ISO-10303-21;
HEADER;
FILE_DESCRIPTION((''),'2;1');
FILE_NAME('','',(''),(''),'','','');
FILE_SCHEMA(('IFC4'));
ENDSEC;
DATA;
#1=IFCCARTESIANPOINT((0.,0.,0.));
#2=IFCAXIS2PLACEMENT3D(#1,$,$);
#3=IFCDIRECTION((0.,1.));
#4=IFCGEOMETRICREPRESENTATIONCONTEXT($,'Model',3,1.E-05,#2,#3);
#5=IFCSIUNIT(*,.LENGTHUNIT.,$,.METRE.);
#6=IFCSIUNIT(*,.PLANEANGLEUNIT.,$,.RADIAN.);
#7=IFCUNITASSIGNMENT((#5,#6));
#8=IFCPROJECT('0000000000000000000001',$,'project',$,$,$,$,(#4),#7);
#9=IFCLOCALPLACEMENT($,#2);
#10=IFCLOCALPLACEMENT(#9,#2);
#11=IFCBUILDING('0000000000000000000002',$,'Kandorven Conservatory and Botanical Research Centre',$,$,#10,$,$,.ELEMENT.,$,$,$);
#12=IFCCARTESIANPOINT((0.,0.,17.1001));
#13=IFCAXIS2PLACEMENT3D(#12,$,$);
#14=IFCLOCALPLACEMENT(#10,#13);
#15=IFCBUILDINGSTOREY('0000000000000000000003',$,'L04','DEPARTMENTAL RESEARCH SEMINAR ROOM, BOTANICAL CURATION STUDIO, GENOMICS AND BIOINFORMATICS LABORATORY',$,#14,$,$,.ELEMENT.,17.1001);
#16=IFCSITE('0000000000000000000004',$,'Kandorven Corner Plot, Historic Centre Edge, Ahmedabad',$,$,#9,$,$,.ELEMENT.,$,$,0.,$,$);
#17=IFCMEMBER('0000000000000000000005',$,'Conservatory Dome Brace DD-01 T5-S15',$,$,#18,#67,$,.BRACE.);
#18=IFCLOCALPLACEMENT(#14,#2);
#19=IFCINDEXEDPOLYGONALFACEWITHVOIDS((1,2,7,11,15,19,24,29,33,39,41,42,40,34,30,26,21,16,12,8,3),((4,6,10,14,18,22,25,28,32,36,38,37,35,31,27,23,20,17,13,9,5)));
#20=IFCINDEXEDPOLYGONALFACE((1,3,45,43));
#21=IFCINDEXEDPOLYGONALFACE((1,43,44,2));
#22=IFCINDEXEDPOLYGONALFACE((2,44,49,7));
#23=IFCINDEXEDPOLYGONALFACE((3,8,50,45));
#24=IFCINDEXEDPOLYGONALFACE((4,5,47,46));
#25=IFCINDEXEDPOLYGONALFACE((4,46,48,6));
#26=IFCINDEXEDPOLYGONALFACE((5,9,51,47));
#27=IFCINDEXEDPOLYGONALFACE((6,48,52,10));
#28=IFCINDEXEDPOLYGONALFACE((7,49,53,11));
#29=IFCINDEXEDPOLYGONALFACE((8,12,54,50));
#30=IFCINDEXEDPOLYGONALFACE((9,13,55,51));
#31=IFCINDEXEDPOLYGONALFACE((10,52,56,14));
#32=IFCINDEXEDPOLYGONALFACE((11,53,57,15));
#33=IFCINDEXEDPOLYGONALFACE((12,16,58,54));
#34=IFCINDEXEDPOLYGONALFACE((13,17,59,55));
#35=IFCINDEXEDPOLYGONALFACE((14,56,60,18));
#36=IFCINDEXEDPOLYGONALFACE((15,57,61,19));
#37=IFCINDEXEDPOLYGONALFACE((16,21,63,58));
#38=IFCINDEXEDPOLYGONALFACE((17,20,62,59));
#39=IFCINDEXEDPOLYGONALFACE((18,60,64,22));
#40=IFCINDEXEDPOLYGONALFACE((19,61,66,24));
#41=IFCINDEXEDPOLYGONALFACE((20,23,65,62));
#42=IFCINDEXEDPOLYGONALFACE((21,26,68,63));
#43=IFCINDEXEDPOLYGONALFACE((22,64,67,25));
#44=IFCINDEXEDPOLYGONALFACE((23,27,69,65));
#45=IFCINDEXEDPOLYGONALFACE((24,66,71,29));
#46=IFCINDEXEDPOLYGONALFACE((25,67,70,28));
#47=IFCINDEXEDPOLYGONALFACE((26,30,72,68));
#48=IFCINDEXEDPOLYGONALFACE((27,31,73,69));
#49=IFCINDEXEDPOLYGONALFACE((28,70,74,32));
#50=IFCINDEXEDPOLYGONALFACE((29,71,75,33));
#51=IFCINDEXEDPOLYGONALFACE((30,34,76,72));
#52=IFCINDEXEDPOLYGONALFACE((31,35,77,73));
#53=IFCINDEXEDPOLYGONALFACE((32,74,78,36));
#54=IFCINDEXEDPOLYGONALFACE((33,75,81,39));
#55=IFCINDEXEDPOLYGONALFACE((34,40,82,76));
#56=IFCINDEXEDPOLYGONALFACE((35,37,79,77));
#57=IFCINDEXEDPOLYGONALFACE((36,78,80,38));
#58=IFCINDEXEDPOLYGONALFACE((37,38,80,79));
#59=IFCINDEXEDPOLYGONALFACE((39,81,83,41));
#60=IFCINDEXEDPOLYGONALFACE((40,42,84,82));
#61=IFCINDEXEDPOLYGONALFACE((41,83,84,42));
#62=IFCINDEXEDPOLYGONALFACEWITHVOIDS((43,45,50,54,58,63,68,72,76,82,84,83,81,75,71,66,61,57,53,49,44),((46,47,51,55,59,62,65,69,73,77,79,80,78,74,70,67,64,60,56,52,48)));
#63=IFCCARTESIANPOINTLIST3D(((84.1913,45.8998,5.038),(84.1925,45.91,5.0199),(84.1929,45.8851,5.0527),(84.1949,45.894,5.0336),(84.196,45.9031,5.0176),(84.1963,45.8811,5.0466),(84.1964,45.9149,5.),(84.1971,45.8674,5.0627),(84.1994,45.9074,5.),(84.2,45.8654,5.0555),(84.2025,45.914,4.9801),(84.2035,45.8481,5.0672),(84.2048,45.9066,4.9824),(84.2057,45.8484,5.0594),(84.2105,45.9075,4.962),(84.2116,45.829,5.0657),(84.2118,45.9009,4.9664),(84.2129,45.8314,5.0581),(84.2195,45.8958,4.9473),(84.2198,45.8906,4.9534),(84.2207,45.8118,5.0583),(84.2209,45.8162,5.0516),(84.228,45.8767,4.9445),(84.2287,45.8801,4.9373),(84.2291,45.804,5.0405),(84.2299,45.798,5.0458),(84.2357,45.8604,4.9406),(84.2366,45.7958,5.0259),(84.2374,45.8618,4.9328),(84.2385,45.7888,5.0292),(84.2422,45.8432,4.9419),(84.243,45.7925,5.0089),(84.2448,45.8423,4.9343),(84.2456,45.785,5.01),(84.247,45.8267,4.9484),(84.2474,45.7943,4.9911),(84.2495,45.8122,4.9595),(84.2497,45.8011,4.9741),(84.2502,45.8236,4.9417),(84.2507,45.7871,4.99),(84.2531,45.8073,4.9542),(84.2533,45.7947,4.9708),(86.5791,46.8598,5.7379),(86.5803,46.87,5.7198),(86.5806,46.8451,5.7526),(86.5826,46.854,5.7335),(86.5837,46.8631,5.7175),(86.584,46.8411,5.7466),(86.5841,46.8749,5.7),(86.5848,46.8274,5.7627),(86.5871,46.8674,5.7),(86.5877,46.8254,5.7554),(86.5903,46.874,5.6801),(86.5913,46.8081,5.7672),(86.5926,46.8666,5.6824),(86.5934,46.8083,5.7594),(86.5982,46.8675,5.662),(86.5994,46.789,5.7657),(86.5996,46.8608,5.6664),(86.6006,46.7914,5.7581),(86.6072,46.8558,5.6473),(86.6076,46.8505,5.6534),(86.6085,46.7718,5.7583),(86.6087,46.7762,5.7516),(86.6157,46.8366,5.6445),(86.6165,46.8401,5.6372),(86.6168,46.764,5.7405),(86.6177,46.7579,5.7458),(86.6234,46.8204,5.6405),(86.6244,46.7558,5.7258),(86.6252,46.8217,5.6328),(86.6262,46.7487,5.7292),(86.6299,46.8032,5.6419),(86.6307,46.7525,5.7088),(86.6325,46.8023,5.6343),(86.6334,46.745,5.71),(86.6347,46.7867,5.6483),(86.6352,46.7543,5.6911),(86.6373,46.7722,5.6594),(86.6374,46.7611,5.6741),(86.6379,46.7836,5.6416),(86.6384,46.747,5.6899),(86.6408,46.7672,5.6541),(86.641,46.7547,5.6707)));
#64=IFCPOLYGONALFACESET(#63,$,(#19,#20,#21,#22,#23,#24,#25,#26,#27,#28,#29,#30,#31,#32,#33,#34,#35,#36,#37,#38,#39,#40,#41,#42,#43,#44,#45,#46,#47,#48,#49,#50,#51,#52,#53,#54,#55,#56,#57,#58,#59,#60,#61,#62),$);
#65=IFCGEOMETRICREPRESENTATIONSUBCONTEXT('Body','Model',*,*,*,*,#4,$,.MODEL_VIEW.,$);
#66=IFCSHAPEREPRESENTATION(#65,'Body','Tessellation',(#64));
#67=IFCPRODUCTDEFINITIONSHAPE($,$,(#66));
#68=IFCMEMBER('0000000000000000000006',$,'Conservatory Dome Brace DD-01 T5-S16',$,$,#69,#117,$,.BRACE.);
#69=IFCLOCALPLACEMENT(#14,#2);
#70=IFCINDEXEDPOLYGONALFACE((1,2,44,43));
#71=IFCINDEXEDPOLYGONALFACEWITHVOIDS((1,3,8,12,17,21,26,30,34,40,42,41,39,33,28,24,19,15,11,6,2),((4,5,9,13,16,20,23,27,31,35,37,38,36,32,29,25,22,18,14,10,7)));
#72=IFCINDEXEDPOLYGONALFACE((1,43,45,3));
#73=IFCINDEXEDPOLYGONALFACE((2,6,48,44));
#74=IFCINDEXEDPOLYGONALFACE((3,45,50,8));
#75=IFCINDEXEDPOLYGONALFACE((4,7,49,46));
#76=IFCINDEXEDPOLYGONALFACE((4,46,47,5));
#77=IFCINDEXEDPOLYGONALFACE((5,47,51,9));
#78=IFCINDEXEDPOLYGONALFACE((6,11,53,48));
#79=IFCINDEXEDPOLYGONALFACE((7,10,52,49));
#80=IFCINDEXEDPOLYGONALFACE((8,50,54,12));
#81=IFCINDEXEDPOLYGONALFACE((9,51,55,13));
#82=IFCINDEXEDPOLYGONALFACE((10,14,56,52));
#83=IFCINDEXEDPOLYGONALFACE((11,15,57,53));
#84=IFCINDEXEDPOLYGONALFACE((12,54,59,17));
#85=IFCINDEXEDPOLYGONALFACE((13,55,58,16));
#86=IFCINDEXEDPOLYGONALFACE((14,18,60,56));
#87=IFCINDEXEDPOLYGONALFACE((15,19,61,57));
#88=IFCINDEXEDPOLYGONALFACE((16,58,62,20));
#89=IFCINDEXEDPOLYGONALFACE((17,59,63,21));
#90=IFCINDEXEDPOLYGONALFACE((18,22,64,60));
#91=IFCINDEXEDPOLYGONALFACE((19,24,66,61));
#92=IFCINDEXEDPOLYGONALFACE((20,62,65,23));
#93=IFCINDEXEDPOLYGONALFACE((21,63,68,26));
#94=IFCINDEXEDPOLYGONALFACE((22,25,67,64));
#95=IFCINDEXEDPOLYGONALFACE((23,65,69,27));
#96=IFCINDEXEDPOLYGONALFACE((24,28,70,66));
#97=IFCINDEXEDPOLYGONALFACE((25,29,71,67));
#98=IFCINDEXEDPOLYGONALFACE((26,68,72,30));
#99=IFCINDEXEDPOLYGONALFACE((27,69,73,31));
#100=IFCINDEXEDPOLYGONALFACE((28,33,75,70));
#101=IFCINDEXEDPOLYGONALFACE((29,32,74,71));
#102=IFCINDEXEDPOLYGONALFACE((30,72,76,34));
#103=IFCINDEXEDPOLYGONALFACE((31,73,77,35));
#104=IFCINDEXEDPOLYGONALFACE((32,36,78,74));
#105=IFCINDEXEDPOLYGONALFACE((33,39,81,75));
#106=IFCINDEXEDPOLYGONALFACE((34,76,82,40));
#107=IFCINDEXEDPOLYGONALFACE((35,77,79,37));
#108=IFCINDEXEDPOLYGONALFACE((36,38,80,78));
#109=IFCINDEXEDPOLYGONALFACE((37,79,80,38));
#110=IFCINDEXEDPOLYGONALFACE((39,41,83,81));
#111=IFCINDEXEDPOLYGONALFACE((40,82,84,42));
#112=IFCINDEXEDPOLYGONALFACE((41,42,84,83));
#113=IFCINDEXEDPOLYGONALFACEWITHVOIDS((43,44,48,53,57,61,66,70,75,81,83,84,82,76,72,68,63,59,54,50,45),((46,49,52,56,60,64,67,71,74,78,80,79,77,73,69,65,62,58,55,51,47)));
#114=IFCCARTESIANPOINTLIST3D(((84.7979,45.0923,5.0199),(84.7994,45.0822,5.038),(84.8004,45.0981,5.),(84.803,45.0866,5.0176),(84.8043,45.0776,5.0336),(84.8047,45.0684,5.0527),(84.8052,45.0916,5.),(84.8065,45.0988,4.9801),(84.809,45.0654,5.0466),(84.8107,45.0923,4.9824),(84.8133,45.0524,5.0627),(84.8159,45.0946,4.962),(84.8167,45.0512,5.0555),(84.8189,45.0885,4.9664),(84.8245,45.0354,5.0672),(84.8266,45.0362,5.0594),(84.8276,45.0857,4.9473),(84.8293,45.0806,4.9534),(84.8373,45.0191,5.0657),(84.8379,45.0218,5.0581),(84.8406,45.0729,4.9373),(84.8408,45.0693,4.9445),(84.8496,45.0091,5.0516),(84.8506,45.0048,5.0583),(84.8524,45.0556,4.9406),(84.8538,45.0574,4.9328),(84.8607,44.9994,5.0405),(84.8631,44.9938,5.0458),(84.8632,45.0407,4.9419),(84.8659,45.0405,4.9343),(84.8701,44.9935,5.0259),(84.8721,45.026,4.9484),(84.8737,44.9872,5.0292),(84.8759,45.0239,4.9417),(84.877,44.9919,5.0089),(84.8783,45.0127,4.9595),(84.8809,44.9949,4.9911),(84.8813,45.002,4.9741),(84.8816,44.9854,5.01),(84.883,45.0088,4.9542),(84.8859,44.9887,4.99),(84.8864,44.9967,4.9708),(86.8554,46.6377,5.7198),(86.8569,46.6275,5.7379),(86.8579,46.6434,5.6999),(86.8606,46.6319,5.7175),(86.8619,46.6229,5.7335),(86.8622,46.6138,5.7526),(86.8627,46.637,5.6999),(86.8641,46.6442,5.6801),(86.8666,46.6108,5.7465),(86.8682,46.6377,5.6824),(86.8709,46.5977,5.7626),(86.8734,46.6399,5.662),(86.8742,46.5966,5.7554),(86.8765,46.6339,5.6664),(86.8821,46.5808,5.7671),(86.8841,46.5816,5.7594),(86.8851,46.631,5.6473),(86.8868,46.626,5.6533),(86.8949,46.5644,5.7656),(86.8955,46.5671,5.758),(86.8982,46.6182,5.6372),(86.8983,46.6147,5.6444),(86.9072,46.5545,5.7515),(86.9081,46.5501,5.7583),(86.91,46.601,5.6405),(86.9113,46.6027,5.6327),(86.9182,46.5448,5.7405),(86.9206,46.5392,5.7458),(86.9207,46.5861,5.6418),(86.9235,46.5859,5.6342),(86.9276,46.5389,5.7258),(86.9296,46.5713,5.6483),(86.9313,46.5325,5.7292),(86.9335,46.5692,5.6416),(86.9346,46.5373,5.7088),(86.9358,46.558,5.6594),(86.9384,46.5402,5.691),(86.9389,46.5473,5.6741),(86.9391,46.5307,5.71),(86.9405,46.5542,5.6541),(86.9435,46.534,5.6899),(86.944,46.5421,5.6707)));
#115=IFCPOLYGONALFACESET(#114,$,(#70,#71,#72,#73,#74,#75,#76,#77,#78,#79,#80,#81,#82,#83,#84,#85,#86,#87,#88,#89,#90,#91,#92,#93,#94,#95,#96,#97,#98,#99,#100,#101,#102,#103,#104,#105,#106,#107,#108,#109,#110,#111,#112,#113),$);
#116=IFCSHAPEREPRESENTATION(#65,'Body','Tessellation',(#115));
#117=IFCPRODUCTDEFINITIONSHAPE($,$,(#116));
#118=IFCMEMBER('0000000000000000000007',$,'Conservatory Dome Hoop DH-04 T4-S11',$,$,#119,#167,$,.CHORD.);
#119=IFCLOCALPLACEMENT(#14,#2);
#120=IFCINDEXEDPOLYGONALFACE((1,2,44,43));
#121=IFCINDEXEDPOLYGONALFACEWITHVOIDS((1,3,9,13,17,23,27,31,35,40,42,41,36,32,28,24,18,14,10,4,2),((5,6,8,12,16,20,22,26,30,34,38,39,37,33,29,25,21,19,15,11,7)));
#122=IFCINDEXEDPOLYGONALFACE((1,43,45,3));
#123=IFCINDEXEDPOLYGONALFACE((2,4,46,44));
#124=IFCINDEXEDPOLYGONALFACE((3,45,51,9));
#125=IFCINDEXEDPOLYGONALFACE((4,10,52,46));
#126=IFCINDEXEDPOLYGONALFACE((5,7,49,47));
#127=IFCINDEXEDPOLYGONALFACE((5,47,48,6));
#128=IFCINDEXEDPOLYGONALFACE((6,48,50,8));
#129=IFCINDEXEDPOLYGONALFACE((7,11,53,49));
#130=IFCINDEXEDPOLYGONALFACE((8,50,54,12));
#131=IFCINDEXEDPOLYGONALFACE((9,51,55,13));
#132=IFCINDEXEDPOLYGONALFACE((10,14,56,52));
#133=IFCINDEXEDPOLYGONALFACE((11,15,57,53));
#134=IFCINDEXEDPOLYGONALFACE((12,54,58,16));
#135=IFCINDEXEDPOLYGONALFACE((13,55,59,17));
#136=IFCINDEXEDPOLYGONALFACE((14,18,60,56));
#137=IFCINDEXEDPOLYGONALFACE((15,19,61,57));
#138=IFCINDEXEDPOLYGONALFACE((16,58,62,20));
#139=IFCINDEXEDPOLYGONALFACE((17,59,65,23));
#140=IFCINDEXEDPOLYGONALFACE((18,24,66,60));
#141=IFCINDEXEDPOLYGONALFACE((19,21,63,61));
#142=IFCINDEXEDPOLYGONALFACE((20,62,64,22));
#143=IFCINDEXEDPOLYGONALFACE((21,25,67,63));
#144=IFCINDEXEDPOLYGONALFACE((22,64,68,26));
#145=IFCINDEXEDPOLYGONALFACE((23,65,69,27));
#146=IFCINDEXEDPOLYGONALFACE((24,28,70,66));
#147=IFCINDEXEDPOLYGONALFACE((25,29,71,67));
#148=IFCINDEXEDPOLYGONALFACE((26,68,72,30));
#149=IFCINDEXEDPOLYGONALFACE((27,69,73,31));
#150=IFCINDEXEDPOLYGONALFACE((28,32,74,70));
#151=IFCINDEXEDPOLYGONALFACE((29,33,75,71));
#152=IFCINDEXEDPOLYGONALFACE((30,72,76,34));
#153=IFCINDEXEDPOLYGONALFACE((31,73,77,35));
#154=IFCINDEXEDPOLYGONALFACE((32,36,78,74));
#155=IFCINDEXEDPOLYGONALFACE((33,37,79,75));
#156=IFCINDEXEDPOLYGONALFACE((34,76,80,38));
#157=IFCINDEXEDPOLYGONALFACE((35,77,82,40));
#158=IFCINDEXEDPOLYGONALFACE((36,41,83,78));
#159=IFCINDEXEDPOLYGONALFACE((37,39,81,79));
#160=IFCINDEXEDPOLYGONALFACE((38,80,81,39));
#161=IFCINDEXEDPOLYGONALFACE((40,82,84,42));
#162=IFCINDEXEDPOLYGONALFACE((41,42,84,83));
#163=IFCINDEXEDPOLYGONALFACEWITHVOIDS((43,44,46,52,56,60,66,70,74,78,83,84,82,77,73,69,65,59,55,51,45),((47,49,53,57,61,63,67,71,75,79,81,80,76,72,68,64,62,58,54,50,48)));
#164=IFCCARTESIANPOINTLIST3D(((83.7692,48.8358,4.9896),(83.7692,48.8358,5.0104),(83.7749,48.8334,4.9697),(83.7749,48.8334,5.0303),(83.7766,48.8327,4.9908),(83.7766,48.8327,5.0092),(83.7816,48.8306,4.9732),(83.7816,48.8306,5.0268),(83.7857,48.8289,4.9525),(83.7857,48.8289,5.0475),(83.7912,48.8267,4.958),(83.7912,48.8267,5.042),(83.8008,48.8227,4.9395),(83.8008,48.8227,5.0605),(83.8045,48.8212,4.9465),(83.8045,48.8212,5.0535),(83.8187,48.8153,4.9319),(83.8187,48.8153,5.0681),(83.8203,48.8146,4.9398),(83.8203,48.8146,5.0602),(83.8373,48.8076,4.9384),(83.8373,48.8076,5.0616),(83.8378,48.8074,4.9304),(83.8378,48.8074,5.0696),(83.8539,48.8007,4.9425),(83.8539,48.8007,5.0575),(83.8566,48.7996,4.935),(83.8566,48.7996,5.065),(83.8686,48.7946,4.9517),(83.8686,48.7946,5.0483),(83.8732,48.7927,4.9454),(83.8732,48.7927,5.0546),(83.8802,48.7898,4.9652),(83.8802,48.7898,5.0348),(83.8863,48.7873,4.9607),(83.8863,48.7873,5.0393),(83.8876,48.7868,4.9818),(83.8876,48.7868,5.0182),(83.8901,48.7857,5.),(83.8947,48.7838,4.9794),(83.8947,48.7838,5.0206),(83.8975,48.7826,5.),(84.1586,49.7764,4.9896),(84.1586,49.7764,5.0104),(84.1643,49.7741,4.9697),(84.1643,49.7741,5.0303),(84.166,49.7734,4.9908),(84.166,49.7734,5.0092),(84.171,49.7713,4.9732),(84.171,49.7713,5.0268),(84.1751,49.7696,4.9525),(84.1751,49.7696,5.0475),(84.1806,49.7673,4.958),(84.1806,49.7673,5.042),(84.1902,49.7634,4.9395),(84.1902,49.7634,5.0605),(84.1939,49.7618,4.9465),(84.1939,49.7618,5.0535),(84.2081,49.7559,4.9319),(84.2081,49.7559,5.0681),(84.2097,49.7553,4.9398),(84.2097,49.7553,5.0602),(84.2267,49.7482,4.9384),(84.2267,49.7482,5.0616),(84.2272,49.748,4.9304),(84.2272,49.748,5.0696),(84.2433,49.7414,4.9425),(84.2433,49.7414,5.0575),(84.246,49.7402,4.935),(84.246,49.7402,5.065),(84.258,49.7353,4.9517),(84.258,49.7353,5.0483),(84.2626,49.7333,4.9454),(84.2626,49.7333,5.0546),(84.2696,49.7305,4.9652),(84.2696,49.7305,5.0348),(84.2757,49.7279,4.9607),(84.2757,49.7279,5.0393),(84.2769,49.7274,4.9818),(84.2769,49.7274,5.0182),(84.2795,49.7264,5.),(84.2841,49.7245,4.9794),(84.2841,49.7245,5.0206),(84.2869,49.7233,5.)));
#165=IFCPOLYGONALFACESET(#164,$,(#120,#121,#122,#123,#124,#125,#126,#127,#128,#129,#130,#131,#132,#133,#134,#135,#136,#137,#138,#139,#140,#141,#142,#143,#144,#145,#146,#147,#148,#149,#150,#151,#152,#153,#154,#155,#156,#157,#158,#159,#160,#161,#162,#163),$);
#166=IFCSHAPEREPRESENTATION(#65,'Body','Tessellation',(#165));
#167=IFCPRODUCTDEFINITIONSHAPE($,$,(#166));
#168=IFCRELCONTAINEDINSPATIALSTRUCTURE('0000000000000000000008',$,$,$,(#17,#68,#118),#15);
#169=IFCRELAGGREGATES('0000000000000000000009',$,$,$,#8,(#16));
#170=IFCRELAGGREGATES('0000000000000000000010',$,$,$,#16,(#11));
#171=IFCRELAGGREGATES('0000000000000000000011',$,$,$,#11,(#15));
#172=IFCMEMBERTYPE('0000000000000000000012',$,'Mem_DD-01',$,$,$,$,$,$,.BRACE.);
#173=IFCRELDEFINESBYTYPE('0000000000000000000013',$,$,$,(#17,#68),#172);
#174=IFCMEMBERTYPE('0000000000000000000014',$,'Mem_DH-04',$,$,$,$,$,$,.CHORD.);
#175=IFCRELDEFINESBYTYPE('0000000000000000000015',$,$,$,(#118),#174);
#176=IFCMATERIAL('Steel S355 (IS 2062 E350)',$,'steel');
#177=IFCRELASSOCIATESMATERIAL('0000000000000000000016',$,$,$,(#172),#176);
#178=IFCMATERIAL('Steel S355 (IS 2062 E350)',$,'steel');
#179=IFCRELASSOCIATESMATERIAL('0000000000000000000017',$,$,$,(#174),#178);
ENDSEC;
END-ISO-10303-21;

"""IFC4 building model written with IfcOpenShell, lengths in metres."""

from ifc_helpers import new_model, si_unit, direction, frame, origin, origin_2d, place, context, subcontext, project, spatial, hollow_circle, extrude, material, material_profile, profile_set, type_object, element, save


model = new_model("IFC4")

# Units and contexts
model_context = context("Model", 3, precision=1e-05, world=origin(), true_north=direction((0.0, 1.0)))
body_context = subcontext(model_context, "Body", "Model", "MODEL_VIEW")
ifc_project = project(units=[si_unit("LENGTHUNIT", "METRE"), si_unit("PLANEANGLEUNIT", "RADIAN")], contexts=[model_context])

# Site, building, storey
site_placement = place(None, origin())
site = spatial("IfcSite", under=ifc_project, at=site_placement, Name="Kandorven Corner Plot, Historic Centre Edge, Ahmedabad", CompositionType="ELEMENT", RefElevation=0.0)
building_placement = place(site_placement, origin())
building = spatial("IfcBuilding", under=site, at=building_placement, Name="Kandorven Conservatory and Botanical Research Centre", CompositionType="ELEMENT")
storey_placement = place(building_placement, frame((0.0, 0.0, 17.1001)))
storey = spatial("IfcBuildingStorey", under=building, at=storey_placement, Name="L04", Description="DEPARTMENTAL RESEARCH SEMINAR ROOM, BOTANICAL CURATION STUDIO, GENOMICS AND BIOINFORMATICS LABORATORY", CompositionType="ELEMENT", Elevation=17.1001)

# Members
ifc_material_1 = material(Name="Steel S355 (IS 2062 E350)", Category="steel")
ifc_material_profile_1 = material_profile(ifc_material_1, hollow_circle(Radius=0.0698, WallThickness=0.0081, at=origin_2d()))
ifc_profile_set_1 = profile_set([ifc_material_profile_1], Name="Steel S355 (IS 2062 E350)")
member_type_1 = type_object("IfcMemberType", Name="Mem_DD-01", PredefinedType="BRACE", material=ifc_profile_set_1)
member_1_placement = place(storey_placement, frame((84.2224, 45.8501, 5.0), z_axis=(0.895295, 0.359949, 0.262455), x_axis=(-0.373026, 0.927821, 0.0)))
element("IfcMember", 1, at=member_1_placement, inside=storey, type_object=member_type_1, Name="Conservatory Dome Brace DD-01 T5-S15", PredefinedType="BRACE", context=body_context, shape_type="SweptSolid", body=[
    extrude(hollow_circle(Radius=0.0698, WallThickness=0.0081, at=origin_2d()), origin(), (0.0, 0.0, 1.0), 2.667),
])
member_2_placement = place(storey_placement, frame((84.8423, 45.0422, 5.0), z_axis=(0.771558, 0.579492, 0.262465), x_axis=(-0.600546, 0.79959, 0.0)))
element("IfcMember", 2, at=member_2_placement, inside=storey, type_object=member_type_1, Name="Conservatory Dome Brace DD-01 T5-S16", PredefinedType="BRACE", context=body_context, shape_type="SweptSolid", body=[
    extrude(hollow_circle(Radius=0.0698, WallThickness=0.0081, at=origin_2d()), origin(), (0.0, 0.0, 1.0), 2.6667),
])
ifc_material_2 = material(Name="Steel S355 (IS 2062 E350)", Category="steel")
ifc_material_profile_2 = material_profile(ifc_material_2, hollow_circle(Radius=0.0698, WallThickness=0.0081, at=origin_2d()))
ifc_profile_set_2 = profile_set([ifc_material_profile_2], Name="Steel S355 (IS 2062 E350)")
member_type_2 = type_object("IfcMemberType", Name="Mem_DH-04", PredefinedType="CHORD", material=ifc_profile_set_2)
for number, where, z_axis, x_axis, name in (
    (3, (84.2224, 49.75, 5.0), (-0.382486, -0.923961, 0.0), (0.923961, -0.382486, 0.0), "Conservatory Dome Hoop DH-04 T4-S11"),
):
    element("IfcMember", number, at=place(storey_placement, frame(where, z_axis=z_axis, x_axis=x_axis)), inside=storey, type_object=member_type_2, Name=name, PredefinedType="CHORD", context=body_context, shape_type="SweptSolid", body=[
        extrude(hollow_circle(Radius=0.0698, WallThickness=0.0081, at=origin_2d()), origin(), (0.0, 0.0, 1.0), 1.0181),
    ])

save(model, "model.ifc")
